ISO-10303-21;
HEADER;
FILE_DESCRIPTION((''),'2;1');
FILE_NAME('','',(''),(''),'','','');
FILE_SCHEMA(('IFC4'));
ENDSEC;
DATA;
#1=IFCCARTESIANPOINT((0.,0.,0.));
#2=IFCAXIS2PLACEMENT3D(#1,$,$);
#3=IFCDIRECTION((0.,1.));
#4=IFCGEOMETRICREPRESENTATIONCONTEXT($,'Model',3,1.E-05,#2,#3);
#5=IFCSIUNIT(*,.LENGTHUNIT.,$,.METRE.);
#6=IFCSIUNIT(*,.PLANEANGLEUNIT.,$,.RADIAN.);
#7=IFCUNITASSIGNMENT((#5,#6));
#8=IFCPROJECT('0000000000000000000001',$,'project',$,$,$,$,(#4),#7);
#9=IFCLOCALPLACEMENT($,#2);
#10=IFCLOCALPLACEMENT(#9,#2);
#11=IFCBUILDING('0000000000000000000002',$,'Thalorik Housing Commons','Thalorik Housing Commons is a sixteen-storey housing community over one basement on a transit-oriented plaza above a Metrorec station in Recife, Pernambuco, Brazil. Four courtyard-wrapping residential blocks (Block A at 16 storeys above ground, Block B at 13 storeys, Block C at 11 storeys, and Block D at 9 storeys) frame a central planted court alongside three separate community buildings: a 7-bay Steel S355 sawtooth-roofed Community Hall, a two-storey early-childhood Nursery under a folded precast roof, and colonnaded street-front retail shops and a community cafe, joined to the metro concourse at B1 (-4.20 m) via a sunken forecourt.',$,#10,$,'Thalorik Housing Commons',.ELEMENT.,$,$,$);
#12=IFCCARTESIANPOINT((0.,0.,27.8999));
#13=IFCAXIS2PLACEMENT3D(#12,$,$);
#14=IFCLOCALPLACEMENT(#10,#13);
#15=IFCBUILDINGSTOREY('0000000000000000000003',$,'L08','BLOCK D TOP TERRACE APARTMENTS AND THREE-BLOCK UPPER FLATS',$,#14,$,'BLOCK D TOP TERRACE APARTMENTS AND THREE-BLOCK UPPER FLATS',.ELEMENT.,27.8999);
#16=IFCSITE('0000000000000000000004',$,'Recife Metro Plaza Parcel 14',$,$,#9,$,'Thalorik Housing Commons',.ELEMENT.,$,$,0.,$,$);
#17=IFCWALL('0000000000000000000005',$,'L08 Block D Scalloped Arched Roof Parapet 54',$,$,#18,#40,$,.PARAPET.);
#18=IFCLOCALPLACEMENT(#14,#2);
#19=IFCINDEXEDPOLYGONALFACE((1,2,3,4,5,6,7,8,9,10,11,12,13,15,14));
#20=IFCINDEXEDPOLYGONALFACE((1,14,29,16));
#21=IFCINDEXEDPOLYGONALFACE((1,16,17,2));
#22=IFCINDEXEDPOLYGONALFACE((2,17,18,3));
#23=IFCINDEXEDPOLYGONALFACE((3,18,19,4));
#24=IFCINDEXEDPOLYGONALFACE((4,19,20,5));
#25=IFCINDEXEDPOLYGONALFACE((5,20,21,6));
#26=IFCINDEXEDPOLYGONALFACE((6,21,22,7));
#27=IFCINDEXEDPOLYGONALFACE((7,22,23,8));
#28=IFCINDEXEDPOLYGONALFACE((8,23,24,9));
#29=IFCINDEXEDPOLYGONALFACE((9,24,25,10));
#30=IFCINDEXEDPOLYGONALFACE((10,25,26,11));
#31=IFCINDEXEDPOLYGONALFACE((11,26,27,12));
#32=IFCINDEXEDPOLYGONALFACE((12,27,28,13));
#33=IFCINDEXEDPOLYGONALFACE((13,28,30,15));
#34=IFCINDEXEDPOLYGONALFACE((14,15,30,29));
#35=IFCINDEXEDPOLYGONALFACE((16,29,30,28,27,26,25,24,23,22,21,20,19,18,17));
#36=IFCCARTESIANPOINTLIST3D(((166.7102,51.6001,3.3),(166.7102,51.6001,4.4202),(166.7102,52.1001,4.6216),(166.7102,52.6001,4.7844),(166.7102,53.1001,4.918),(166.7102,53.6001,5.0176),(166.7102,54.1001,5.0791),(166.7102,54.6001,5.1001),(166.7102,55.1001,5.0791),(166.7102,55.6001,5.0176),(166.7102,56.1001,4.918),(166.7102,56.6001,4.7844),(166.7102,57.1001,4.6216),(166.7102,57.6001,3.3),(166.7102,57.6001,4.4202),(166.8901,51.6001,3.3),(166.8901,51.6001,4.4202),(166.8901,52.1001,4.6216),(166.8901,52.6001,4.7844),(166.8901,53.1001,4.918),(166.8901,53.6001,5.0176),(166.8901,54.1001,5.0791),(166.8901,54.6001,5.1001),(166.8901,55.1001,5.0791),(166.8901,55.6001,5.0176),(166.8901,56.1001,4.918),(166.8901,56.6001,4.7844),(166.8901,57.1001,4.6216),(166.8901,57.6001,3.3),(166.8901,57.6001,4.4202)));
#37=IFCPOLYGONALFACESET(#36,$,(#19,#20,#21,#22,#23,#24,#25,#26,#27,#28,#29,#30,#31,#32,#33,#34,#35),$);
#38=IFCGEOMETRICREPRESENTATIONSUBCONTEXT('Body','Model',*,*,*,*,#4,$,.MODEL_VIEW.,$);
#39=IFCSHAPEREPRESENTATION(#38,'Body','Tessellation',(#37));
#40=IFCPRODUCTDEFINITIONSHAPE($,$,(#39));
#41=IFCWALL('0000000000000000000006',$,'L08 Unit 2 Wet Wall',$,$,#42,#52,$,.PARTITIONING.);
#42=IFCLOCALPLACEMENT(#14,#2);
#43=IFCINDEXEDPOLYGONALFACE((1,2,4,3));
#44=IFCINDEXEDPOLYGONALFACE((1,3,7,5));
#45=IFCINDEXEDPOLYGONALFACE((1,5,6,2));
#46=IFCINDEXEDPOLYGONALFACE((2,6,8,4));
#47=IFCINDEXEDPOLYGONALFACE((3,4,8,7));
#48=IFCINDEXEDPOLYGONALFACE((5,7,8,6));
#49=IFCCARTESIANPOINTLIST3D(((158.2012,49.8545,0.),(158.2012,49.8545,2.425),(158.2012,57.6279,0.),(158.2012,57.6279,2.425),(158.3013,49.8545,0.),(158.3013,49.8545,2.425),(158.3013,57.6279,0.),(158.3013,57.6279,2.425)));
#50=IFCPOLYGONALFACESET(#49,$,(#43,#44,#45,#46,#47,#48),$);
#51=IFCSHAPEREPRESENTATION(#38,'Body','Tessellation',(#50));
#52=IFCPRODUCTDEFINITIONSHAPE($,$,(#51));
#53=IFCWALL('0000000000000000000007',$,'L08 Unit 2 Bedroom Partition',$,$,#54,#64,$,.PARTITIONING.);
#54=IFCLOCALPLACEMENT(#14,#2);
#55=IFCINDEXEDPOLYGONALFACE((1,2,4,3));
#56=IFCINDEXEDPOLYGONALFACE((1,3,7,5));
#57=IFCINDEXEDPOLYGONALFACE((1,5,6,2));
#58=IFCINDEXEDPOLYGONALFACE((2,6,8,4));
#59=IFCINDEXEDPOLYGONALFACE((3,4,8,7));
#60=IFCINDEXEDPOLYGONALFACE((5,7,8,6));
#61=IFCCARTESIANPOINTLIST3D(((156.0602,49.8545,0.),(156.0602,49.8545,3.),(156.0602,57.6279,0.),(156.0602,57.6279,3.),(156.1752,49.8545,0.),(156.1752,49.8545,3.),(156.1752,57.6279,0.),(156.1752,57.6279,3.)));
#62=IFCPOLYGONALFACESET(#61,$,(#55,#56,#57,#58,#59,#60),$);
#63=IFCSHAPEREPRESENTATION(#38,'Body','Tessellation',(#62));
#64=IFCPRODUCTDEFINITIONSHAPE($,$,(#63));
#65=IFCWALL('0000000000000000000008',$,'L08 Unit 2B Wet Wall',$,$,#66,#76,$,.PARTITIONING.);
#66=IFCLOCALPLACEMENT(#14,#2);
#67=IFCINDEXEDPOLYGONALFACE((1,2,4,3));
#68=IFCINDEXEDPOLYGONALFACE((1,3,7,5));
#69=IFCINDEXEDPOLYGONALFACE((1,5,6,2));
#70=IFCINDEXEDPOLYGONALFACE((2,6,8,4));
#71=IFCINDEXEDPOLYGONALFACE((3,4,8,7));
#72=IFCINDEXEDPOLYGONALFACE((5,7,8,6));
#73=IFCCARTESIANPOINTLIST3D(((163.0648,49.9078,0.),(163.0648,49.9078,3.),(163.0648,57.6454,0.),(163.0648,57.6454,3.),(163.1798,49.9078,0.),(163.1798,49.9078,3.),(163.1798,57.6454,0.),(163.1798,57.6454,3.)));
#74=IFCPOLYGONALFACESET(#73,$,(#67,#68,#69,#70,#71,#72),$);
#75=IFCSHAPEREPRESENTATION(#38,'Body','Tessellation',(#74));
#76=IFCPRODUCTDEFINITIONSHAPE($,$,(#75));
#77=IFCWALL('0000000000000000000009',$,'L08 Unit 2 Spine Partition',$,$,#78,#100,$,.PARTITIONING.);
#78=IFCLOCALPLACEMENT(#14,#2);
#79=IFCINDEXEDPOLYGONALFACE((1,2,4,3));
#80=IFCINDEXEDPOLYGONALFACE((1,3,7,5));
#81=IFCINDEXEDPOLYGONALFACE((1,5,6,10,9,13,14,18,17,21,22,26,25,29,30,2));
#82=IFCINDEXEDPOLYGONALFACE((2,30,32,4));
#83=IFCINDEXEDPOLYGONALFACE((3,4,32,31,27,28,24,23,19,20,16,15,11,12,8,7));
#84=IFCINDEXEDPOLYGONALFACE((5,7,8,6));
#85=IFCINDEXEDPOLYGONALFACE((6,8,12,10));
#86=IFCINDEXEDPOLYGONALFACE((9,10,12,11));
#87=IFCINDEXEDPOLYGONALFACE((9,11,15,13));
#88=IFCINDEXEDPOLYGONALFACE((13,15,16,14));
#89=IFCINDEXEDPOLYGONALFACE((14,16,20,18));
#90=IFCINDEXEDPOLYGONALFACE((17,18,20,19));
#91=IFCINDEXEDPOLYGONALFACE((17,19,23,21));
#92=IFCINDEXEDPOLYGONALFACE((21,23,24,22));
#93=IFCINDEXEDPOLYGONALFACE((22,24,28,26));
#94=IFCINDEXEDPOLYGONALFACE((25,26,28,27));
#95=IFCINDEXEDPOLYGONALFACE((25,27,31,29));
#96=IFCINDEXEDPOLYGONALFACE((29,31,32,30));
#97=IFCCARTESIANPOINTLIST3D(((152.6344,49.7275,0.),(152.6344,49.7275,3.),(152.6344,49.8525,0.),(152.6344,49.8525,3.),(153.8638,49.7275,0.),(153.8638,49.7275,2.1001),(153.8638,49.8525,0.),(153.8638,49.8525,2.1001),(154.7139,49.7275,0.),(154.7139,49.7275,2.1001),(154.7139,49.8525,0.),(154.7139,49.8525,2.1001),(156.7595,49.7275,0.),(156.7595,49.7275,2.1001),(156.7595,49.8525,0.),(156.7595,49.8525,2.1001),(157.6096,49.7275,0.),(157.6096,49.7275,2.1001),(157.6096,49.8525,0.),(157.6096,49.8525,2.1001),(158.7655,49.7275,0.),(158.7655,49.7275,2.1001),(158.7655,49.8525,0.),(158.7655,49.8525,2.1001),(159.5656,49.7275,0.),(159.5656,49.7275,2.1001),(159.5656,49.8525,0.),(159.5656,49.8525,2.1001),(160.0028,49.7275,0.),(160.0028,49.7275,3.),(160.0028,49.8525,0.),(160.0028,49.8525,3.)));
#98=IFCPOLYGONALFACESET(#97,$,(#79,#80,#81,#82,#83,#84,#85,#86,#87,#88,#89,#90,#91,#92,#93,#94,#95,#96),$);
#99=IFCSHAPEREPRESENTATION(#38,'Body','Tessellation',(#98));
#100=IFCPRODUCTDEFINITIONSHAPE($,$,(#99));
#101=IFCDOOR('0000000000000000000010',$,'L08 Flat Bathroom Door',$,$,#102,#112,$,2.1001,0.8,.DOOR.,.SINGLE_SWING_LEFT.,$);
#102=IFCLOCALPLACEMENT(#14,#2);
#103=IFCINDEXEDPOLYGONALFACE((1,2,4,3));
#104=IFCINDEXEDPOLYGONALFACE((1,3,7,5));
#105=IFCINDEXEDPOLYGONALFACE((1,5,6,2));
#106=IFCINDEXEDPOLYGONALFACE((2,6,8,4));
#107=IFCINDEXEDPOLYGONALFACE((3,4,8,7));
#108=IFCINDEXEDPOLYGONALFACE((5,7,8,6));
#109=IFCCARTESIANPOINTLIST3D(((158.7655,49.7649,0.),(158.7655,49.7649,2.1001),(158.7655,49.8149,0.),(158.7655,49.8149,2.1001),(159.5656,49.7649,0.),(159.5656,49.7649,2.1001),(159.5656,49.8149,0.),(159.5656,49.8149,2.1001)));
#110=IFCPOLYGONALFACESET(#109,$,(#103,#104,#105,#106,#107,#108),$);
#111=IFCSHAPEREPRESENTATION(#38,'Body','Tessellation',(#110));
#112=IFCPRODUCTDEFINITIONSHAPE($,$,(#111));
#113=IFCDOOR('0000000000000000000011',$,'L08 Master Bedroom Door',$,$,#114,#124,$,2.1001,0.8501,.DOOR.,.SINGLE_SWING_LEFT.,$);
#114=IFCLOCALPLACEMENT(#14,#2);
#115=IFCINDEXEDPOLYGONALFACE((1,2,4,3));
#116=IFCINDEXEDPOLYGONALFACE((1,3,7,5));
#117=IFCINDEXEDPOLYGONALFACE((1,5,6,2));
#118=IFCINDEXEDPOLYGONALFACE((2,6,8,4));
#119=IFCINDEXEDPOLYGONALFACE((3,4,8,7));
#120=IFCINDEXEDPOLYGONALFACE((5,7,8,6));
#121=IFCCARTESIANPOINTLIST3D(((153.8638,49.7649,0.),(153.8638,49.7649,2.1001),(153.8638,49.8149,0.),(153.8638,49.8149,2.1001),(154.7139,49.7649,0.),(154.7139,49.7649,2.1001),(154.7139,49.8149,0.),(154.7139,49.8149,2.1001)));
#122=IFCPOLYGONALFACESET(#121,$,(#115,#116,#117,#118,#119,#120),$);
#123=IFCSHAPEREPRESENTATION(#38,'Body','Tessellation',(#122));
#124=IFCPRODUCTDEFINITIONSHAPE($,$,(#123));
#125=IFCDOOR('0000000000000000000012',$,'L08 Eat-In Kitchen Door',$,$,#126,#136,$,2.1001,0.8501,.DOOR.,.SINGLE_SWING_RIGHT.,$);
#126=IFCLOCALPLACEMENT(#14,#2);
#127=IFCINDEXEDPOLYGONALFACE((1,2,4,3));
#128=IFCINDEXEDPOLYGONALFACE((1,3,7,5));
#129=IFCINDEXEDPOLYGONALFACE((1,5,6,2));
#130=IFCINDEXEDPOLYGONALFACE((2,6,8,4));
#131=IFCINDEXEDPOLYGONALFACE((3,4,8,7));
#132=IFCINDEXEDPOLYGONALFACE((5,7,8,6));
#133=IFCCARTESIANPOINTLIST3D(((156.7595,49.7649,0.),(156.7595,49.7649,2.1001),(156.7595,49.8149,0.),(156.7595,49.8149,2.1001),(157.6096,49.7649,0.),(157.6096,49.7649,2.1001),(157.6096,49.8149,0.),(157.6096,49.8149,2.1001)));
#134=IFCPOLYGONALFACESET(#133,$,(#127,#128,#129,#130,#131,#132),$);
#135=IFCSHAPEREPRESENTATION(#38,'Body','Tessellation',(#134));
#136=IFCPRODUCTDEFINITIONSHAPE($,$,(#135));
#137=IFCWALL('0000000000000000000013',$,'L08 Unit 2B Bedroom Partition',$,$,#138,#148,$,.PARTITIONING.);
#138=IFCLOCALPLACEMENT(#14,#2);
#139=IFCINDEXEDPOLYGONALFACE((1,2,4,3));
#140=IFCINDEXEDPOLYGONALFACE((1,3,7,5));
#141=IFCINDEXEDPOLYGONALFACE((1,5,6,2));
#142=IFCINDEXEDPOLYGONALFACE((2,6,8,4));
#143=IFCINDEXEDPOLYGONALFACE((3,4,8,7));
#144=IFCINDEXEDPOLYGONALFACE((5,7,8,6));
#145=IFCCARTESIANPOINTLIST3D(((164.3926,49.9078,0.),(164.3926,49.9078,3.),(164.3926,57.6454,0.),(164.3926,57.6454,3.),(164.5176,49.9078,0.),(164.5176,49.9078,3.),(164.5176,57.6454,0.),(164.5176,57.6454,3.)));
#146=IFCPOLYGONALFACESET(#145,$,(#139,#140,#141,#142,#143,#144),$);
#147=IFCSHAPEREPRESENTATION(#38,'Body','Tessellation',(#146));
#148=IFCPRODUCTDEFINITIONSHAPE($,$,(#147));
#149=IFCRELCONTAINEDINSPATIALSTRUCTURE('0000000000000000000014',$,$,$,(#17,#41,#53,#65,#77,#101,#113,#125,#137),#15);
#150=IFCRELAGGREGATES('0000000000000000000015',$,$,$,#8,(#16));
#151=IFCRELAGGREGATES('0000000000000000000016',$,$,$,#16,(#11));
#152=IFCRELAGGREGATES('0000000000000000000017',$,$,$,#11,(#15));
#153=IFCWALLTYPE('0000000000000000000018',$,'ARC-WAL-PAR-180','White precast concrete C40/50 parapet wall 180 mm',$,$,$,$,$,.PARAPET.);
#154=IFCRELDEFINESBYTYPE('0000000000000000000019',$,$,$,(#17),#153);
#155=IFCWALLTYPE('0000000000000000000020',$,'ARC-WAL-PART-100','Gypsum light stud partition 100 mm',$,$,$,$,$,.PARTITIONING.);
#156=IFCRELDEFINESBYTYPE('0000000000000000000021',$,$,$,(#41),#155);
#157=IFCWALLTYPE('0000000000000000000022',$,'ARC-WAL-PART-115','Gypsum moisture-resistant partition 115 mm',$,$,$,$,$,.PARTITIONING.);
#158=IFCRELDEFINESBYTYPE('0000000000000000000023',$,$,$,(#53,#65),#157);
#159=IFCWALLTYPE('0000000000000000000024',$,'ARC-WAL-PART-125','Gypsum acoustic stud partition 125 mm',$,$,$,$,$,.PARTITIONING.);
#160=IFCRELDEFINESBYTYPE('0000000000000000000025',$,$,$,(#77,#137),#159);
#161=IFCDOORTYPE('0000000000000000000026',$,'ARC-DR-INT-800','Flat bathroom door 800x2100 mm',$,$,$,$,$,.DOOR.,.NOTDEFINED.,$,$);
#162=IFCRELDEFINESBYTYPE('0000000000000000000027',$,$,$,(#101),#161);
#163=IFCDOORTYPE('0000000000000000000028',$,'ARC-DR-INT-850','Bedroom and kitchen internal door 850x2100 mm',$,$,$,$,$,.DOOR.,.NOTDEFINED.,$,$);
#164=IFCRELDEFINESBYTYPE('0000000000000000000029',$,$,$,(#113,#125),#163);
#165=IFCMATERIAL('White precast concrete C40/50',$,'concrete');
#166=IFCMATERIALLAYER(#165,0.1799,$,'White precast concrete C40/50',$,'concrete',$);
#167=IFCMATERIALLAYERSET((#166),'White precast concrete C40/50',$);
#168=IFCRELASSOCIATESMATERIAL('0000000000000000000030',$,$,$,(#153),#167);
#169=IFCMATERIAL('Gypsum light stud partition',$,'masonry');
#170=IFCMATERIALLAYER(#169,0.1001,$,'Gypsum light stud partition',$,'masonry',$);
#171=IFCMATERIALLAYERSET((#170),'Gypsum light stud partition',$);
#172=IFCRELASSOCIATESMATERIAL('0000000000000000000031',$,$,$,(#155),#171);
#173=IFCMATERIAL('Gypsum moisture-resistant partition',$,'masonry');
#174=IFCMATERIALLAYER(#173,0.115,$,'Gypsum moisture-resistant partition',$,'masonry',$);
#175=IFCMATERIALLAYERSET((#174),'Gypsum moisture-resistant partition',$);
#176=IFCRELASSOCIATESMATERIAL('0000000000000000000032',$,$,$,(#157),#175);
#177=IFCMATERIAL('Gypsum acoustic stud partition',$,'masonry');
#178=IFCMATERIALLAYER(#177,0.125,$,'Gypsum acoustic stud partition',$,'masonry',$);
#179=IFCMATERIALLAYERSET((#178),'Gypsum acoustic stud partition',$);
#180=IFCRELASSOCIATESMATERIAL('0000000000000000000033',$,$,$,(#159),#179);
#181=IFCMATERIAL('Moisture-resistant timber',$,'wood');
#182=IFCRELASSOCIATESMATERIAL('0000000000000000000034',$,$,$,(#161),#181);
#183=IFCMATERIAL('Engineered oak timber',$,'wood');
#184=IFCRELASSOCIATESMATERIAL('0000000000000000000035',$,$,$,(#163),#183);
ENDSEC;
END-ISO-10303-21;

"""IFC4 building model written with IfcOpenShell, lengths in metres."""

from ifc_helpers import new_model, si_unit, direction, frame, frame_2d, origin, place, context, subcontext, project, spatial, polyline, rectangle, outline, extrude, material, layer, layer_set, type_object, element, fill, save


model = new_model("IFC4")

# Units and contexts
model_context = context("Model", 3, precision=1e-05, world=origin(), true_north=direction((0.0, 1.0)))
body_context = subcontext(model_context, "Body", "Model", "MODEL_VIEW")
ifc_project = project(units=[si_unit("LENGTHUNIT", "METRE"), si_unit("PLANEANGLEUNIT", "RADIAN")], contexts=[model_context])

# Site, building, storey
site_placement = place(None, origin())
site = spatial("IfcSite", under=ifc_project, at=site_placement, Name="Recife Metro Plaza Parcel 14", LongName="Thalorik Housing Commons", CompositionType="ELEMENT", RefElevation=0.0)
building_placement = place(site_placement, origin())
building = spatial("IfcBuilding", under=site, at=building_placement, Name="Thalorik Housing Commons", Description="Thalorik Housing Commons is a sixteen-storey housing community over one basement on a transit-oriented plaza above a Metrorec station in Recife, Pernambuco, Brazil. Four courtyard-wrapping residential blocks (Block A at 16 storeys above ground, Block B at 13 storeys, Block C at 11 storeys, and Block D at 9 storeys) frame a central planted court alongside three separate community buildings: a 7-bay Steel S355 sawtooth-roofed Community Hall, a two-storey early-childhood Nursery under a folded precast roof, and colonnaded street-front retail shops and a community cafe, joined to the metro concourse at B1 (-4.20 m) via a sunken forecourt.", LongName="Thalorik Housing Commons", CompositionType="ELEMENT")
storey_placement = place(building_placement, frame((0.0, 0.0, 27.8999)))
storey = spatial("IfcBuildingStorey", under=building, at=storey_placement, Name="L08", Description="BLOCK D TOP TERRACE APARTMENTS AND THREE-BLOCK UPPER FLATS", LongName="BLOCK D TOP TERRACE APARTMENTS AND THREE-BLOCK UPPER FLATS", CompositionType="ELEMENT", Elevation=27.8999)

# Shared definitions
ifc_material_1 = material(Name="White precast concrete C40/50", Category="concrete")

# Walls
ifc_layer_1 = layer(ifc_material_1, 0.1799, Name="White precast concrete C40/50", Category="concrete")
ifc_layer_set_1 = layer_set([ifc_layer_1], Name="White precast concrete C40/50")
wall_type_1 = type_object("IfcWallType", Name="ARC-WAL-PAR-180", Description="White precast concrete C40/50 parapet wall 180 mm", PredefinedType="PARAPET", material=ifc_layer_set_1)
wall_1_placement = place(storey_placement, frame((166.8, 51.6001, 3.3), z_axis=(0.0, 0.0, 1.0), x_axis=(0.0, 1.0, 0.0)))
element("IfcWall", 1, at=wall_1_placement, inside=storey, type_object=wall_type_1, Name="L08 Block D Scalloped Arched Roof Parapet 54", PredefinedType="PARAPET", context=body_context, shape_type="SweptSolid", body=[
    extrude(outline(polyline([(0.0, 0.0), (6.0, 0.0), (6.0, 1.1201), (5.5, 1.3215), (5.0, 1.4844), (4.5, 1.6179), (4.0, 1.7175), (3.5, 1.7791), (3.0, 1.8), (2.5, 1.7791), (2.0, 1.7175), (1.5, 1.6179), (1.0, 1.4844), (0.5, 1.3215), (0.0, 1.1201), (0.0, 0.0)])), frame((0.0, 0.0898, 0.0), z_axis=(0.0, -1.0, 0.0), x_axis=(1.0, 0.0, 0.0)), (0.0, 0.0, 1.0), 0.1799),
])
ifc_material_2 = material(Name="Gypsum light stud partition", Category="masonry")
ifc_layer_2 = layer(ifc_material_2, 0.1001, Name="Gypsum light stud partition", Category="masonry")
ifc_layer_set_2 = layer_set([ifc_layer_2], Name="Gypsum light stud partition")
wall_type_2 = type_object("IfcWallType", Name="ARC-WAL-PART-100", Description="Gypsum light stud partition 100 mm", PredefinedType="PARTITIONING", material=ifc_layer_set_2)
wall_2_placement = place(storey_placement, frame((158.2512, 49.8545, 0.0), z_axis=(0.0, 0.0, 1.0), x_axis=(0.0, 1.0, 0.0)))
element("IfcWall", 2, at=wall_2_placement, inside=storey, type_object=wall_type_2, Name="L08 Unit 2 Wet Wall", PredefinedType="PARTITIONING", context=body_context, shape_type="SweptSolid", body=[
    extrude(rectangle(XDim=7.7734, YDim=0.1001, at=frame_2d((3.8867, 0.0))), origin(), (0.0, 0.0, 1.0), 2.425),
])
ifc_material_3 = material(Name="Gypsum moisture-resistant partition", Category="masonry")
ifc_layer_3 = layer(ifc_material_3, 0.115, Name="Gypsum moisture-resistant partition", Category="masonry")
ifc_layer_set_3 = layer_set([ifc_layer_3], Name="Gypsum moisture-resistant partition")
wall_type_3 = type_object("IfcWallType", Name="ARC-WAL-PART-115", Description="Gypsum moisture-resistant partition 115 mm", PredefinedType="PARTITIONING", material=ifc_layer_set_3)
wall_3_placement = place(storey_placement, frame((156.1177, 49.8545, 0.0), z_axis=(0.0, 0.0, 1.0), x_axis=(0.0, 1.0, 0.0)))
element("IfcWall", 3, at=wall_3_placement, inside=storey, type_object=wall_type_3, Name="L08 Unit 2 Bedroom Partition", PredefinedType="PARTITIONING", context=body_context, shape_type="SweptSolid", body=[
    extrude(rectangle(XDim=7.7734, YDim=0.115, at=frame_2d((3.8867, 0.0))), origin(), (0.0, 0.0, 1.0), 3.0),
])
wall_4_placement = place(storey_placement, frame((163.1223, 49.908, 0.0), z_axis=(0.0, 0.0, 1.0), x_axis=(0.0, 1.0, 0.0)))
element("IfcWall", 4, at=wall_4_placement, inside=storey, type_object=wall_type_3, Name="L08 Unit 2B Wet Wall", PredefinedType="PARTITIONING", context=body_context, shape_type="SweptSolid", body=[
    extrude(rectangle(XDim=7.7375, YDim=0.115, at=frame_2d((3.8687, 0.0))), origin(), (0.0, 0.0, 1.0), 3.0),
])

# Wall, openings, doors
ifc_material_4 = material(Name="Gypsum acoustic stud partition", Category="masonry")
ifc_layer_4 = layer(ifc_material_4, 0.125, Name="Gypsum acoustic stud partition", Category="masonry")
ifc_layer_set_4 = layer_set([ifc_layer_4], Name="Gypsum acoustic stud partition")
wall_type_4 = type_object("IfcWallType", Name="ARC-WAL-PART-125", Description="Gypsum acoustic stud partition 125 mm", PredefinedType="PARTITIONING", material=ifc_layer_set_4)
wall_5_placement = place(storey_placement, frame((152.6345, 49.79, 0.0), z_axis=(0.0, 0.0, 1.0), x_axis=(1.0, 0.0, 0.0)))
wall_5 = element("IfcWall", 5, at=wall_5_placement, inside=storey, type_object=wall_type_4, Name="L08 Unit 2 Spine Partition", PredefinedType="PARTITIONING", context=body_context, shape_type="SweptSolid", body=[
    extrude(rectangle(XDim=7.3684, YDim=0.125, at=frame_2d((3.6841, 0.0))), origin(), (0.0, 0.0, 1.0), 3.0),
])
opening_1_placement = place(wall_5_placement, frame((1.2292, 0.0, 0.0)))
opening_1 = element("IfcOpeningElement", 6, at=opening_1_placement, cuts=wall_5, PredefinedType="OPENING", context=body_context, shape_type="SweptSolid", body=[
    extrude(rectangle(XDim=0.8501, YDim=2.1001, at=frame_2d((0.425, 1.05))), frame((0.0, 0.0725, 0.0), z_axis=(0.0, -1.0, 0.0), x_axis=(1.0, 0.0, 0.0)), (0.0, 0.0, 1.0), 0.145),
])
opening_2_placement = place(wall_5_placement, frame((4.125, 0.0, 0.0)))
opening_2 = element("IfcOpeningElement", 7, at=opening_2_placement, cuts=wall_5, PredefinedType="OPENING", context=body_context, shape_type="SweptSolid", body=[
    extrude(rectangle(XDim=0.8501, YDim=2.1001, at=frame_2d((0.425, 1.05))), frame((0.0, 0.0725, 0.0), z_axis=(0.0, -1.0, 0.0), x_axis=(1.0, 0.0, 0.0)), (0.0, 0.0, 1.0), 0.145),
])
opening_3_placement = place(wall_5_placement, frame((6.1311, 0.0, 0.0)))
opening_3 = element("IfcOpeningElement", 8, at=opening_3_placement, cuts=wall_5, PredefinedType="OPENING", context=body_context, shape_type="SweptSolid", body=[
    extrude(rectangle(XDim=0.8, YDim=2.1001, at=frame_2d((0.3999, 1.05))), frame((0.0, 0.0725, 0.0), z_axis=(0.0, -1.0, 0.0), x_axis=(1.0, 0.0, 0.0)), (0.0, 0.0, 1.0), 0.145),
])
ifc_material_5 = material(Name="Moisture-resistant timber", Category="wood")
door_type_1 = type_object("IfcDoorType", Name="ARC-DR-INT-800", Description="Flat bathroom door 800x2100 mm", OperationType="NOTDEFINED", PredefinedType="DOOR", material=ifc_material_5)
door_1_placement = place(opening_3_placement, origin())
door_1 = element("IfcDoor", 9, at=door_1_placement, inside=storey, type_object=door_type_1, Name="L08 Flat Bathroom Door", OperationType="SINGLE_SWING_LEFT", OverallHeight=2.1001, OverallWidth=0.8, PredefinedType="DOOR", context=body_context, shape_type="SweptSolid", body=[
    extrude(rectangle(XDim=0.8, YDim=2.1001, at=frame_2d((0.3999, 1.05))), frame((0.0, 0.0249, 0.0), z_axis=(0.0, -1.0, 0.0), x_axis=(1.0, 0.0, 0.0)), (0.0, 0.0, 1.0), 0.05),
])
fill(opening_3, door_1)
ifc_material_6 = material(Name="Engineered oak timber", Category="wood")
door_type_2 = type_object("IfcDoorType", Name="ARC-DR-INT-850", Description="Bedroom and kitchen internal door 850x2100 mm", OperationType="NOTDEFINED", PredefinedType="DOOR", material=ifc_material_6)
door_2_placement = place(opening_1_placement, origin())
door_2 = element("IfcDoor", 10, at=door_2_placement, inside=storey, type_object=door_type_2, Name="L08 Master Bedroom Door", OperationType="SINGLE_SWING_LEFT", OverallHeight=2.1001, OverallWidth=0.8501, PredefinedType="DOOR", context=body_context, shape_type="SweptSolid", body=[
    extrude(rectangle(XDim=0.8501, YDim=2.1001, at=frame_2d((0.425, 1.05))), frame((0.0, 0.0249, 0.0), z_axis=(0.0, -1.0, 0.0), x_axis=(1.0, 0.0, 0.0)), (0.0, 0.0, 1.0), 0.05),
])
fill(opening_1, door_2)
door_3_placement = place(opening_2_placement, origin())
door_3 = element("IfcDoor", 11, at=door_3_placement, inside=storey, type_object=door_type_2, Name="L08 Eat-In Kitchen Door", OperationType="SINGLE_SWING_RIGHT", OverallHeight=2.1001, OverallWidth=0.8501, PredefinedType="DOOR", context=body_context, shape_type="SweptSolid", body=[
    extrude(rectangle(XDim=0.8501, YDim=2.1001, at=frame_2d((0.425, 1.05))), frame((0.0, 0.0249, 0.0), z_axis=(0.0, -1.0, 0.0), x_axis=(1.0, 0.0, 0.0)), (0.0, 0.0, 1.0), 0.05),
])
fill(opening_2, door_3)

# Wall
wall_6_placement = place(storey_placement, frame((164.4551, 49.908, 0.0), z_axis=(0.0, 0.0, 1.0), x_axis=(0.0, 1.0, 0.0)))
element("IfcWall", 12, at=wall_6_placement, inside=storey, type_object=wall_type_4, Name="L08 Unit 2B Bedroom Partition", PredefinedType="PARTITIONING", context=body_context, shape_type="SweptSolid", body=[
    extrude(rectangle(XDim=7.7375, YDim=0.125, at=frame_2d((3.8687, 0.0))), origin(), (0.0, 0.0, 1.0), 3.0),
])

save(model, "model.ifc")
